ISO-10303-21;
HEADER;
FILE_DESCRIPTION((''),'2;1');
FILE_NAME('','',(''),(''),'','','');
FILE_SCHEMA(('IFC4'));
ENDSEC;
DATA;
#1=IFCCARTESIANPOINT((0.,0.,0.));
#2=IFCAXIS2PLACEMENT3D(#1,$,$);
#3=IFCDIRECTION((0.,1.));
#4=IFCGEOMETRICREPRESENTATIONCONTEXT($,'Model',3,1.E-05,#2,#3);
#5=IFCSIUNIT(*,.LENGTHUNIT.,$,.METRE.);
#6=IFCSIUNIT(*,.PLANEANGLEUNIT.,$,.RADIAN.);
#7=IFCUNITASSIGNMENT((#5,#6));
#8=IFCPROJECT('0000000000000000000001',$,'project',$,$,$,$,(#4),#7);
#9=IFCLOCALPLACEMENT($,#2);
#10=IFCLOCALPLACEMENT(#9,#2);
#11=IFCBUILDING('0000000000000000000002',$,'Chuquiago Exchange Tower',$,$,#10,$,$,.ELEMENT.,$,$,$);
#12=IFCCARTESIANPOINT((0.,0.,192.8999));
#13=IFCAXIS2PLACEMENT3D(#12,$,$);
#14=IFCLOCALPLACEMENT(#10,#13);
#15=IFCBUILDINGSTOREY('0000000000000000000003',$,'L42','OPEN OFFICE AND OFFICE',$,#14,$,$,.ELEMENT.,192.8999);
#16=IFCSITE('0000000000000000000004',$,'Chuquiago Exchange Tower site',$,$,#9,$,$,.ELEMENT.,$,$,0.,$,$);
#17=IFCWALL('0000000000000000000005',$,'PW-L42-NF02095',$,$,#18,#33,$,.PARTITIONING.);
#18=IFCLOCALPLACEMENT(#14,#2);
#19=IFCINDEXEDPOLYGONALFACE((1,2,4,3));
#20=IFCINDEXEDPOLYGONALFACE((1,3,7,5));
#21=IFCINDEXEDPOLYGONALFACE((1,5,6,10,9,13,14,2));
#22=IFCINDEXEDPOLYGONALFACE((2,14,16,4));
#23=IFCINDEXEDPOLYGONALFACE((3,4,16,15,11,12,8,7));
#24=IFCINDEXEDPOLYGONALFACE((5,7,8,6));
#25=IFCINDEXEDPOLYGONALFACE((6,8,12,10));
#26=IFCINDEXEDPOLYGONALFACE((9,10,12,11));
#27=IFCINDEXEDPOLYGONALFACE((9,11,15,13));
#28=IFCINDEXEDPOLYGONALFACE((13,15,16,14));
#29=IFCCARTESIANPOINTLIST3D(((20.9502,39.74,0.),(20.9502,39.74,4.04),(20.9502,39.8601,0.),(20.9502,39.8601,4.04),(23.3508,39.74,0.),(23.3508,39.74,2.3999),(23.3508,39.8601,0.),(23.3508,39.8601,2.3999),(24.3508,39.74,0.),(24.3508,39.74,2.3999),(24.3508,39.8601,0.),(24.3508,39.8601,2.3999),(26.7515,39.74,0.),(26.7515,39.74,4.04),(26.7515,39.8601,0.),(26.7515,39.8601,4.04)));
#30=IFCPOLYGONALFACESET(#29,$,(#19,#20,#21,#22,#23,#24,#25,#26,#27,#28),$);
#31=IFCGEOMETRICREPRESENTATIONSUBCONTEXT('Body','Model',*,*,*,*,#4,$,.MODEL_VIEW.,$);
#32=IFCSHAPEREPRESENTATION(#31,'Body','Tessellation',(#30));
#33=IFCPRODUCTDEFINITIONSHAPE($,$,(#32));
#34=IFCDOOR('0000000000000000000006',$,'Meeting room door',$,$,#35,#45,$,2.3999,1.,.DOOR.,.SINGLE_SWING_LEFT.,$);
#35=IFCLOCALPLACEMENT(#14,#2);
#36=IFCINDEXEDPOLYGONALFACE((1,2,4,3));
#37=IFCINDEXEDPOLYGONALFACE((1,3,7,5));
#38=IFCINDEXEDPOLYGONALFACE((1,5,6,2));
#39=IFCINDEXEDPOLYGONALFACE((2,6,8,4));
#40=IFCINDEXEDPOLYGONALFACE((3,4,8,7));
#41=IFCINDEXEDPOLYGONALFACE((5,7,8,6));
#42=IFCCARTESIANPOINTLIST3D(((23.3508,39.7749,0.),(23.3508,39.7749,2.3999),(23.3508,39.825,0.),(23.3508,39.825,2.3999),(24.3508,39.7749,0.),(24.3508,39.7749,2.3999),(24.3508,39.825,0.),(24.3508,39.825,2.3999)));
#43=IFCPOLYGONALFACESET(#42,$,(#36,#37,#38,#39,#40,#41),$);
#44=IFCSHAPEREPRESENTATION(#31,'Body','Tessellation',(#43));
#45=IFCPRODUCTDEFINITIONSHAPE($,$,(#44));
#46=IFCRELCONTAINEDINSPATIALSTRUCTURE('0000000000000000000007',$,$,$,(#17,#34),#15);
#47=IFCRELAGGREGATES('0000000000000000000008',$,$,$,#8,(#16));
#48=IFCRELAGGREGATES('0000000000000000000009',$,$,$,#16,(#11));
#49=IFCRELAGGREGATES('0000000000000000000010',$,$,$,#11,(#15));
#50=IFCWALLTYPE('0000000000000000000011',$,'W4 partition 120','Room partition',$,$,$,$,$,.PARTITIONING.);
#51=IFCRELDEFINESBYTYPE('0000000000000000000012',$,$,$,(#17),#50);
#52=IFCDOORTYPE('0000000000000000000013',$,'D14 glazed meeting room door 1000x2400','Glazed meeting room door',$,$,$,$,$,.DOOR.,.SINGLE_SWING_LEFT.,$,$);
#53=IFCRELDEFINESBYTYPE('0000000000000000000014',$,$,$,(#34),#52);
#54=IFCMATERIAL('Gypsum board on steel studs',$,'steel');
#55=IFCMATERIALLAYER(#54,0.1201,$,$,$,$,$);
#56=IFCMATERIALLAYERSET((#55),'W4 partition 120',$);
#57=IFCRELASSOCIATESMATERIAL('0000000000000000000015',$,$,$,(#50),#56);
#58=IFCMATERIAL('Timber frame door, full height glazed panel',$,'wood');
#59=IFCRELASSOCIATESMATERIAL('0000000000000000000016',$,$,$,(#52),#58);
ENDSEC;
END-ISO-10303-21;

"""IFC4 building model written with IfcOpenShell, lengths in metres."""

from ifc_helpers import new_model, si_unit, direction, frame, frame_2d, origin, place, context, subcontext, project, spatial, rectangle, extrude, material, layer, layer_set, type_object, element, fill, save


model = new_model("IFC4")

# Units and contexts
model_context = context("Model", 3, precision=1e-05, world=origin(), true_north=direction((0.0, 1.0)))
body_context = subcontext(model_context, "Body", "Model", "MODEL_VIEW")
ifc_project = project(units=[si_unit("LENGTHUNIT", "METRE"), si_unit("PLANEANGLEUNIT", "RADIAN")], contexts=[model_context])

# Site, building, storey
site_placement = place(None, origin())
site = spatial("IfcSite", under=ifc_project, at=site_placement, Name="Chuquiago Exchange Tower site", CompositionType="ELEMENT", RefElevation=0.0)
building_placement = place(site_placement, origin())
building = spatial("IfcBuilding", under=site, at=building_placement, Name="Chuquiago Exchange Tower", CompositionType="ELEMENT")
storey_placement = place(building_placement, frame((0.0, 0.0, 192.8999)))
storey = spatial("IfcBuildingStorey", under=building, at=storey_placement, Name="L42", Description="OPEN OFFICE AND OFFICE", CompositionType="ELEMENT", Elevation=192.8999)

# Shared definitions
ifc_material_1 = material(Name="Gypsum board on steel studs", Category="steel")
ifc_layer_1 = layer(ifc_material_1, 0.1201)
ifc_layer_set_1 = layer_set([ifc_layer_1], Name="W4 partition 120")
wall_type_1 = type_object("IfcWallType", Name="W4 partition 120", Description="Room partition", PredefinedType="PARTITIONING", material=ifc_layer_set_1)

# Wall, opening, door
wall_1_placement = place(storey_placement, frame((20.9502, 39.8, 0.0), z_axis=(0.0, 0.0, 1.0), x_axis=(1.0, 0.0, 0.0)))
wall_1 = element("IfcWall", 1, at=wall_1_placement, inside=storey, type_object=wall_type_1, Name="PW-L42-NF02095", PredefinedType="PARTITIONING", context=body_context, shape_type="SweptSolid", body=[
    extrude(rectangle(XDim=5.8013, YDim=0.1201, at=frame_2d((2.9006, 0.0))), origin(), (0.0, 0.0, 1.0), 4.04),
])
opening_placement = place(wall_1_placement, frame((2.4006, 0.0, 0.0)))
opening = element("IfcOpeningElement", 2, at=opening_placement, cuts=wall_1, PredefinedType="OPENING", context=body_context, shape_type="SweptSolid", body=[
    extrude(rectangle(XDim=1.0, YDim=2.3999, at=frame_2d((0.5, 1.2))), frame((0.0, 0.0701, 0.0), z_axis=(0.0, -1.0, 0.0), x_axis=(1.0, 0.0, 0.0)), (0.0, 0.0, 1.0), 0.1401),
])
ifc_material_2 = material(Name="Timber frame door, full height glazed panel", Category="wood")
door_type = type_object("IfcDoorType", Name="D14 glazed meeting room door 1000x2400", Description="Glazed meeting room door", OperationType="SINGLE_SWING_LEFT", PredefinedType="DOOR", material=ifc_material_2)
door_placement = place(opening_placement, origin())
door = element("IfcDoor", 3, at=door_placement, inside=storey, type_object=door_type, Name="Meeting room door", OperationType="SINGLE_SWING_LEFT", OverallHeight=2.3999, OverallWidth=1.0, PredefinedType="DOOR", context=body_context, shape_type="SweptSolid", body=[
    extrude(rectangle(XDim=1.0, YDim=2.3999, at=frame_2d((0.5, 1.2))), frame((0.0, 0.0249, 0.0), z_axis=(0.0, -1.0, 0.0), x_axis=(1.0, 0.0, 0.0)), (0.0, 0.0, 1.0), 0.05),
])
fill(opening, door)

save(model, "model.ifc")
